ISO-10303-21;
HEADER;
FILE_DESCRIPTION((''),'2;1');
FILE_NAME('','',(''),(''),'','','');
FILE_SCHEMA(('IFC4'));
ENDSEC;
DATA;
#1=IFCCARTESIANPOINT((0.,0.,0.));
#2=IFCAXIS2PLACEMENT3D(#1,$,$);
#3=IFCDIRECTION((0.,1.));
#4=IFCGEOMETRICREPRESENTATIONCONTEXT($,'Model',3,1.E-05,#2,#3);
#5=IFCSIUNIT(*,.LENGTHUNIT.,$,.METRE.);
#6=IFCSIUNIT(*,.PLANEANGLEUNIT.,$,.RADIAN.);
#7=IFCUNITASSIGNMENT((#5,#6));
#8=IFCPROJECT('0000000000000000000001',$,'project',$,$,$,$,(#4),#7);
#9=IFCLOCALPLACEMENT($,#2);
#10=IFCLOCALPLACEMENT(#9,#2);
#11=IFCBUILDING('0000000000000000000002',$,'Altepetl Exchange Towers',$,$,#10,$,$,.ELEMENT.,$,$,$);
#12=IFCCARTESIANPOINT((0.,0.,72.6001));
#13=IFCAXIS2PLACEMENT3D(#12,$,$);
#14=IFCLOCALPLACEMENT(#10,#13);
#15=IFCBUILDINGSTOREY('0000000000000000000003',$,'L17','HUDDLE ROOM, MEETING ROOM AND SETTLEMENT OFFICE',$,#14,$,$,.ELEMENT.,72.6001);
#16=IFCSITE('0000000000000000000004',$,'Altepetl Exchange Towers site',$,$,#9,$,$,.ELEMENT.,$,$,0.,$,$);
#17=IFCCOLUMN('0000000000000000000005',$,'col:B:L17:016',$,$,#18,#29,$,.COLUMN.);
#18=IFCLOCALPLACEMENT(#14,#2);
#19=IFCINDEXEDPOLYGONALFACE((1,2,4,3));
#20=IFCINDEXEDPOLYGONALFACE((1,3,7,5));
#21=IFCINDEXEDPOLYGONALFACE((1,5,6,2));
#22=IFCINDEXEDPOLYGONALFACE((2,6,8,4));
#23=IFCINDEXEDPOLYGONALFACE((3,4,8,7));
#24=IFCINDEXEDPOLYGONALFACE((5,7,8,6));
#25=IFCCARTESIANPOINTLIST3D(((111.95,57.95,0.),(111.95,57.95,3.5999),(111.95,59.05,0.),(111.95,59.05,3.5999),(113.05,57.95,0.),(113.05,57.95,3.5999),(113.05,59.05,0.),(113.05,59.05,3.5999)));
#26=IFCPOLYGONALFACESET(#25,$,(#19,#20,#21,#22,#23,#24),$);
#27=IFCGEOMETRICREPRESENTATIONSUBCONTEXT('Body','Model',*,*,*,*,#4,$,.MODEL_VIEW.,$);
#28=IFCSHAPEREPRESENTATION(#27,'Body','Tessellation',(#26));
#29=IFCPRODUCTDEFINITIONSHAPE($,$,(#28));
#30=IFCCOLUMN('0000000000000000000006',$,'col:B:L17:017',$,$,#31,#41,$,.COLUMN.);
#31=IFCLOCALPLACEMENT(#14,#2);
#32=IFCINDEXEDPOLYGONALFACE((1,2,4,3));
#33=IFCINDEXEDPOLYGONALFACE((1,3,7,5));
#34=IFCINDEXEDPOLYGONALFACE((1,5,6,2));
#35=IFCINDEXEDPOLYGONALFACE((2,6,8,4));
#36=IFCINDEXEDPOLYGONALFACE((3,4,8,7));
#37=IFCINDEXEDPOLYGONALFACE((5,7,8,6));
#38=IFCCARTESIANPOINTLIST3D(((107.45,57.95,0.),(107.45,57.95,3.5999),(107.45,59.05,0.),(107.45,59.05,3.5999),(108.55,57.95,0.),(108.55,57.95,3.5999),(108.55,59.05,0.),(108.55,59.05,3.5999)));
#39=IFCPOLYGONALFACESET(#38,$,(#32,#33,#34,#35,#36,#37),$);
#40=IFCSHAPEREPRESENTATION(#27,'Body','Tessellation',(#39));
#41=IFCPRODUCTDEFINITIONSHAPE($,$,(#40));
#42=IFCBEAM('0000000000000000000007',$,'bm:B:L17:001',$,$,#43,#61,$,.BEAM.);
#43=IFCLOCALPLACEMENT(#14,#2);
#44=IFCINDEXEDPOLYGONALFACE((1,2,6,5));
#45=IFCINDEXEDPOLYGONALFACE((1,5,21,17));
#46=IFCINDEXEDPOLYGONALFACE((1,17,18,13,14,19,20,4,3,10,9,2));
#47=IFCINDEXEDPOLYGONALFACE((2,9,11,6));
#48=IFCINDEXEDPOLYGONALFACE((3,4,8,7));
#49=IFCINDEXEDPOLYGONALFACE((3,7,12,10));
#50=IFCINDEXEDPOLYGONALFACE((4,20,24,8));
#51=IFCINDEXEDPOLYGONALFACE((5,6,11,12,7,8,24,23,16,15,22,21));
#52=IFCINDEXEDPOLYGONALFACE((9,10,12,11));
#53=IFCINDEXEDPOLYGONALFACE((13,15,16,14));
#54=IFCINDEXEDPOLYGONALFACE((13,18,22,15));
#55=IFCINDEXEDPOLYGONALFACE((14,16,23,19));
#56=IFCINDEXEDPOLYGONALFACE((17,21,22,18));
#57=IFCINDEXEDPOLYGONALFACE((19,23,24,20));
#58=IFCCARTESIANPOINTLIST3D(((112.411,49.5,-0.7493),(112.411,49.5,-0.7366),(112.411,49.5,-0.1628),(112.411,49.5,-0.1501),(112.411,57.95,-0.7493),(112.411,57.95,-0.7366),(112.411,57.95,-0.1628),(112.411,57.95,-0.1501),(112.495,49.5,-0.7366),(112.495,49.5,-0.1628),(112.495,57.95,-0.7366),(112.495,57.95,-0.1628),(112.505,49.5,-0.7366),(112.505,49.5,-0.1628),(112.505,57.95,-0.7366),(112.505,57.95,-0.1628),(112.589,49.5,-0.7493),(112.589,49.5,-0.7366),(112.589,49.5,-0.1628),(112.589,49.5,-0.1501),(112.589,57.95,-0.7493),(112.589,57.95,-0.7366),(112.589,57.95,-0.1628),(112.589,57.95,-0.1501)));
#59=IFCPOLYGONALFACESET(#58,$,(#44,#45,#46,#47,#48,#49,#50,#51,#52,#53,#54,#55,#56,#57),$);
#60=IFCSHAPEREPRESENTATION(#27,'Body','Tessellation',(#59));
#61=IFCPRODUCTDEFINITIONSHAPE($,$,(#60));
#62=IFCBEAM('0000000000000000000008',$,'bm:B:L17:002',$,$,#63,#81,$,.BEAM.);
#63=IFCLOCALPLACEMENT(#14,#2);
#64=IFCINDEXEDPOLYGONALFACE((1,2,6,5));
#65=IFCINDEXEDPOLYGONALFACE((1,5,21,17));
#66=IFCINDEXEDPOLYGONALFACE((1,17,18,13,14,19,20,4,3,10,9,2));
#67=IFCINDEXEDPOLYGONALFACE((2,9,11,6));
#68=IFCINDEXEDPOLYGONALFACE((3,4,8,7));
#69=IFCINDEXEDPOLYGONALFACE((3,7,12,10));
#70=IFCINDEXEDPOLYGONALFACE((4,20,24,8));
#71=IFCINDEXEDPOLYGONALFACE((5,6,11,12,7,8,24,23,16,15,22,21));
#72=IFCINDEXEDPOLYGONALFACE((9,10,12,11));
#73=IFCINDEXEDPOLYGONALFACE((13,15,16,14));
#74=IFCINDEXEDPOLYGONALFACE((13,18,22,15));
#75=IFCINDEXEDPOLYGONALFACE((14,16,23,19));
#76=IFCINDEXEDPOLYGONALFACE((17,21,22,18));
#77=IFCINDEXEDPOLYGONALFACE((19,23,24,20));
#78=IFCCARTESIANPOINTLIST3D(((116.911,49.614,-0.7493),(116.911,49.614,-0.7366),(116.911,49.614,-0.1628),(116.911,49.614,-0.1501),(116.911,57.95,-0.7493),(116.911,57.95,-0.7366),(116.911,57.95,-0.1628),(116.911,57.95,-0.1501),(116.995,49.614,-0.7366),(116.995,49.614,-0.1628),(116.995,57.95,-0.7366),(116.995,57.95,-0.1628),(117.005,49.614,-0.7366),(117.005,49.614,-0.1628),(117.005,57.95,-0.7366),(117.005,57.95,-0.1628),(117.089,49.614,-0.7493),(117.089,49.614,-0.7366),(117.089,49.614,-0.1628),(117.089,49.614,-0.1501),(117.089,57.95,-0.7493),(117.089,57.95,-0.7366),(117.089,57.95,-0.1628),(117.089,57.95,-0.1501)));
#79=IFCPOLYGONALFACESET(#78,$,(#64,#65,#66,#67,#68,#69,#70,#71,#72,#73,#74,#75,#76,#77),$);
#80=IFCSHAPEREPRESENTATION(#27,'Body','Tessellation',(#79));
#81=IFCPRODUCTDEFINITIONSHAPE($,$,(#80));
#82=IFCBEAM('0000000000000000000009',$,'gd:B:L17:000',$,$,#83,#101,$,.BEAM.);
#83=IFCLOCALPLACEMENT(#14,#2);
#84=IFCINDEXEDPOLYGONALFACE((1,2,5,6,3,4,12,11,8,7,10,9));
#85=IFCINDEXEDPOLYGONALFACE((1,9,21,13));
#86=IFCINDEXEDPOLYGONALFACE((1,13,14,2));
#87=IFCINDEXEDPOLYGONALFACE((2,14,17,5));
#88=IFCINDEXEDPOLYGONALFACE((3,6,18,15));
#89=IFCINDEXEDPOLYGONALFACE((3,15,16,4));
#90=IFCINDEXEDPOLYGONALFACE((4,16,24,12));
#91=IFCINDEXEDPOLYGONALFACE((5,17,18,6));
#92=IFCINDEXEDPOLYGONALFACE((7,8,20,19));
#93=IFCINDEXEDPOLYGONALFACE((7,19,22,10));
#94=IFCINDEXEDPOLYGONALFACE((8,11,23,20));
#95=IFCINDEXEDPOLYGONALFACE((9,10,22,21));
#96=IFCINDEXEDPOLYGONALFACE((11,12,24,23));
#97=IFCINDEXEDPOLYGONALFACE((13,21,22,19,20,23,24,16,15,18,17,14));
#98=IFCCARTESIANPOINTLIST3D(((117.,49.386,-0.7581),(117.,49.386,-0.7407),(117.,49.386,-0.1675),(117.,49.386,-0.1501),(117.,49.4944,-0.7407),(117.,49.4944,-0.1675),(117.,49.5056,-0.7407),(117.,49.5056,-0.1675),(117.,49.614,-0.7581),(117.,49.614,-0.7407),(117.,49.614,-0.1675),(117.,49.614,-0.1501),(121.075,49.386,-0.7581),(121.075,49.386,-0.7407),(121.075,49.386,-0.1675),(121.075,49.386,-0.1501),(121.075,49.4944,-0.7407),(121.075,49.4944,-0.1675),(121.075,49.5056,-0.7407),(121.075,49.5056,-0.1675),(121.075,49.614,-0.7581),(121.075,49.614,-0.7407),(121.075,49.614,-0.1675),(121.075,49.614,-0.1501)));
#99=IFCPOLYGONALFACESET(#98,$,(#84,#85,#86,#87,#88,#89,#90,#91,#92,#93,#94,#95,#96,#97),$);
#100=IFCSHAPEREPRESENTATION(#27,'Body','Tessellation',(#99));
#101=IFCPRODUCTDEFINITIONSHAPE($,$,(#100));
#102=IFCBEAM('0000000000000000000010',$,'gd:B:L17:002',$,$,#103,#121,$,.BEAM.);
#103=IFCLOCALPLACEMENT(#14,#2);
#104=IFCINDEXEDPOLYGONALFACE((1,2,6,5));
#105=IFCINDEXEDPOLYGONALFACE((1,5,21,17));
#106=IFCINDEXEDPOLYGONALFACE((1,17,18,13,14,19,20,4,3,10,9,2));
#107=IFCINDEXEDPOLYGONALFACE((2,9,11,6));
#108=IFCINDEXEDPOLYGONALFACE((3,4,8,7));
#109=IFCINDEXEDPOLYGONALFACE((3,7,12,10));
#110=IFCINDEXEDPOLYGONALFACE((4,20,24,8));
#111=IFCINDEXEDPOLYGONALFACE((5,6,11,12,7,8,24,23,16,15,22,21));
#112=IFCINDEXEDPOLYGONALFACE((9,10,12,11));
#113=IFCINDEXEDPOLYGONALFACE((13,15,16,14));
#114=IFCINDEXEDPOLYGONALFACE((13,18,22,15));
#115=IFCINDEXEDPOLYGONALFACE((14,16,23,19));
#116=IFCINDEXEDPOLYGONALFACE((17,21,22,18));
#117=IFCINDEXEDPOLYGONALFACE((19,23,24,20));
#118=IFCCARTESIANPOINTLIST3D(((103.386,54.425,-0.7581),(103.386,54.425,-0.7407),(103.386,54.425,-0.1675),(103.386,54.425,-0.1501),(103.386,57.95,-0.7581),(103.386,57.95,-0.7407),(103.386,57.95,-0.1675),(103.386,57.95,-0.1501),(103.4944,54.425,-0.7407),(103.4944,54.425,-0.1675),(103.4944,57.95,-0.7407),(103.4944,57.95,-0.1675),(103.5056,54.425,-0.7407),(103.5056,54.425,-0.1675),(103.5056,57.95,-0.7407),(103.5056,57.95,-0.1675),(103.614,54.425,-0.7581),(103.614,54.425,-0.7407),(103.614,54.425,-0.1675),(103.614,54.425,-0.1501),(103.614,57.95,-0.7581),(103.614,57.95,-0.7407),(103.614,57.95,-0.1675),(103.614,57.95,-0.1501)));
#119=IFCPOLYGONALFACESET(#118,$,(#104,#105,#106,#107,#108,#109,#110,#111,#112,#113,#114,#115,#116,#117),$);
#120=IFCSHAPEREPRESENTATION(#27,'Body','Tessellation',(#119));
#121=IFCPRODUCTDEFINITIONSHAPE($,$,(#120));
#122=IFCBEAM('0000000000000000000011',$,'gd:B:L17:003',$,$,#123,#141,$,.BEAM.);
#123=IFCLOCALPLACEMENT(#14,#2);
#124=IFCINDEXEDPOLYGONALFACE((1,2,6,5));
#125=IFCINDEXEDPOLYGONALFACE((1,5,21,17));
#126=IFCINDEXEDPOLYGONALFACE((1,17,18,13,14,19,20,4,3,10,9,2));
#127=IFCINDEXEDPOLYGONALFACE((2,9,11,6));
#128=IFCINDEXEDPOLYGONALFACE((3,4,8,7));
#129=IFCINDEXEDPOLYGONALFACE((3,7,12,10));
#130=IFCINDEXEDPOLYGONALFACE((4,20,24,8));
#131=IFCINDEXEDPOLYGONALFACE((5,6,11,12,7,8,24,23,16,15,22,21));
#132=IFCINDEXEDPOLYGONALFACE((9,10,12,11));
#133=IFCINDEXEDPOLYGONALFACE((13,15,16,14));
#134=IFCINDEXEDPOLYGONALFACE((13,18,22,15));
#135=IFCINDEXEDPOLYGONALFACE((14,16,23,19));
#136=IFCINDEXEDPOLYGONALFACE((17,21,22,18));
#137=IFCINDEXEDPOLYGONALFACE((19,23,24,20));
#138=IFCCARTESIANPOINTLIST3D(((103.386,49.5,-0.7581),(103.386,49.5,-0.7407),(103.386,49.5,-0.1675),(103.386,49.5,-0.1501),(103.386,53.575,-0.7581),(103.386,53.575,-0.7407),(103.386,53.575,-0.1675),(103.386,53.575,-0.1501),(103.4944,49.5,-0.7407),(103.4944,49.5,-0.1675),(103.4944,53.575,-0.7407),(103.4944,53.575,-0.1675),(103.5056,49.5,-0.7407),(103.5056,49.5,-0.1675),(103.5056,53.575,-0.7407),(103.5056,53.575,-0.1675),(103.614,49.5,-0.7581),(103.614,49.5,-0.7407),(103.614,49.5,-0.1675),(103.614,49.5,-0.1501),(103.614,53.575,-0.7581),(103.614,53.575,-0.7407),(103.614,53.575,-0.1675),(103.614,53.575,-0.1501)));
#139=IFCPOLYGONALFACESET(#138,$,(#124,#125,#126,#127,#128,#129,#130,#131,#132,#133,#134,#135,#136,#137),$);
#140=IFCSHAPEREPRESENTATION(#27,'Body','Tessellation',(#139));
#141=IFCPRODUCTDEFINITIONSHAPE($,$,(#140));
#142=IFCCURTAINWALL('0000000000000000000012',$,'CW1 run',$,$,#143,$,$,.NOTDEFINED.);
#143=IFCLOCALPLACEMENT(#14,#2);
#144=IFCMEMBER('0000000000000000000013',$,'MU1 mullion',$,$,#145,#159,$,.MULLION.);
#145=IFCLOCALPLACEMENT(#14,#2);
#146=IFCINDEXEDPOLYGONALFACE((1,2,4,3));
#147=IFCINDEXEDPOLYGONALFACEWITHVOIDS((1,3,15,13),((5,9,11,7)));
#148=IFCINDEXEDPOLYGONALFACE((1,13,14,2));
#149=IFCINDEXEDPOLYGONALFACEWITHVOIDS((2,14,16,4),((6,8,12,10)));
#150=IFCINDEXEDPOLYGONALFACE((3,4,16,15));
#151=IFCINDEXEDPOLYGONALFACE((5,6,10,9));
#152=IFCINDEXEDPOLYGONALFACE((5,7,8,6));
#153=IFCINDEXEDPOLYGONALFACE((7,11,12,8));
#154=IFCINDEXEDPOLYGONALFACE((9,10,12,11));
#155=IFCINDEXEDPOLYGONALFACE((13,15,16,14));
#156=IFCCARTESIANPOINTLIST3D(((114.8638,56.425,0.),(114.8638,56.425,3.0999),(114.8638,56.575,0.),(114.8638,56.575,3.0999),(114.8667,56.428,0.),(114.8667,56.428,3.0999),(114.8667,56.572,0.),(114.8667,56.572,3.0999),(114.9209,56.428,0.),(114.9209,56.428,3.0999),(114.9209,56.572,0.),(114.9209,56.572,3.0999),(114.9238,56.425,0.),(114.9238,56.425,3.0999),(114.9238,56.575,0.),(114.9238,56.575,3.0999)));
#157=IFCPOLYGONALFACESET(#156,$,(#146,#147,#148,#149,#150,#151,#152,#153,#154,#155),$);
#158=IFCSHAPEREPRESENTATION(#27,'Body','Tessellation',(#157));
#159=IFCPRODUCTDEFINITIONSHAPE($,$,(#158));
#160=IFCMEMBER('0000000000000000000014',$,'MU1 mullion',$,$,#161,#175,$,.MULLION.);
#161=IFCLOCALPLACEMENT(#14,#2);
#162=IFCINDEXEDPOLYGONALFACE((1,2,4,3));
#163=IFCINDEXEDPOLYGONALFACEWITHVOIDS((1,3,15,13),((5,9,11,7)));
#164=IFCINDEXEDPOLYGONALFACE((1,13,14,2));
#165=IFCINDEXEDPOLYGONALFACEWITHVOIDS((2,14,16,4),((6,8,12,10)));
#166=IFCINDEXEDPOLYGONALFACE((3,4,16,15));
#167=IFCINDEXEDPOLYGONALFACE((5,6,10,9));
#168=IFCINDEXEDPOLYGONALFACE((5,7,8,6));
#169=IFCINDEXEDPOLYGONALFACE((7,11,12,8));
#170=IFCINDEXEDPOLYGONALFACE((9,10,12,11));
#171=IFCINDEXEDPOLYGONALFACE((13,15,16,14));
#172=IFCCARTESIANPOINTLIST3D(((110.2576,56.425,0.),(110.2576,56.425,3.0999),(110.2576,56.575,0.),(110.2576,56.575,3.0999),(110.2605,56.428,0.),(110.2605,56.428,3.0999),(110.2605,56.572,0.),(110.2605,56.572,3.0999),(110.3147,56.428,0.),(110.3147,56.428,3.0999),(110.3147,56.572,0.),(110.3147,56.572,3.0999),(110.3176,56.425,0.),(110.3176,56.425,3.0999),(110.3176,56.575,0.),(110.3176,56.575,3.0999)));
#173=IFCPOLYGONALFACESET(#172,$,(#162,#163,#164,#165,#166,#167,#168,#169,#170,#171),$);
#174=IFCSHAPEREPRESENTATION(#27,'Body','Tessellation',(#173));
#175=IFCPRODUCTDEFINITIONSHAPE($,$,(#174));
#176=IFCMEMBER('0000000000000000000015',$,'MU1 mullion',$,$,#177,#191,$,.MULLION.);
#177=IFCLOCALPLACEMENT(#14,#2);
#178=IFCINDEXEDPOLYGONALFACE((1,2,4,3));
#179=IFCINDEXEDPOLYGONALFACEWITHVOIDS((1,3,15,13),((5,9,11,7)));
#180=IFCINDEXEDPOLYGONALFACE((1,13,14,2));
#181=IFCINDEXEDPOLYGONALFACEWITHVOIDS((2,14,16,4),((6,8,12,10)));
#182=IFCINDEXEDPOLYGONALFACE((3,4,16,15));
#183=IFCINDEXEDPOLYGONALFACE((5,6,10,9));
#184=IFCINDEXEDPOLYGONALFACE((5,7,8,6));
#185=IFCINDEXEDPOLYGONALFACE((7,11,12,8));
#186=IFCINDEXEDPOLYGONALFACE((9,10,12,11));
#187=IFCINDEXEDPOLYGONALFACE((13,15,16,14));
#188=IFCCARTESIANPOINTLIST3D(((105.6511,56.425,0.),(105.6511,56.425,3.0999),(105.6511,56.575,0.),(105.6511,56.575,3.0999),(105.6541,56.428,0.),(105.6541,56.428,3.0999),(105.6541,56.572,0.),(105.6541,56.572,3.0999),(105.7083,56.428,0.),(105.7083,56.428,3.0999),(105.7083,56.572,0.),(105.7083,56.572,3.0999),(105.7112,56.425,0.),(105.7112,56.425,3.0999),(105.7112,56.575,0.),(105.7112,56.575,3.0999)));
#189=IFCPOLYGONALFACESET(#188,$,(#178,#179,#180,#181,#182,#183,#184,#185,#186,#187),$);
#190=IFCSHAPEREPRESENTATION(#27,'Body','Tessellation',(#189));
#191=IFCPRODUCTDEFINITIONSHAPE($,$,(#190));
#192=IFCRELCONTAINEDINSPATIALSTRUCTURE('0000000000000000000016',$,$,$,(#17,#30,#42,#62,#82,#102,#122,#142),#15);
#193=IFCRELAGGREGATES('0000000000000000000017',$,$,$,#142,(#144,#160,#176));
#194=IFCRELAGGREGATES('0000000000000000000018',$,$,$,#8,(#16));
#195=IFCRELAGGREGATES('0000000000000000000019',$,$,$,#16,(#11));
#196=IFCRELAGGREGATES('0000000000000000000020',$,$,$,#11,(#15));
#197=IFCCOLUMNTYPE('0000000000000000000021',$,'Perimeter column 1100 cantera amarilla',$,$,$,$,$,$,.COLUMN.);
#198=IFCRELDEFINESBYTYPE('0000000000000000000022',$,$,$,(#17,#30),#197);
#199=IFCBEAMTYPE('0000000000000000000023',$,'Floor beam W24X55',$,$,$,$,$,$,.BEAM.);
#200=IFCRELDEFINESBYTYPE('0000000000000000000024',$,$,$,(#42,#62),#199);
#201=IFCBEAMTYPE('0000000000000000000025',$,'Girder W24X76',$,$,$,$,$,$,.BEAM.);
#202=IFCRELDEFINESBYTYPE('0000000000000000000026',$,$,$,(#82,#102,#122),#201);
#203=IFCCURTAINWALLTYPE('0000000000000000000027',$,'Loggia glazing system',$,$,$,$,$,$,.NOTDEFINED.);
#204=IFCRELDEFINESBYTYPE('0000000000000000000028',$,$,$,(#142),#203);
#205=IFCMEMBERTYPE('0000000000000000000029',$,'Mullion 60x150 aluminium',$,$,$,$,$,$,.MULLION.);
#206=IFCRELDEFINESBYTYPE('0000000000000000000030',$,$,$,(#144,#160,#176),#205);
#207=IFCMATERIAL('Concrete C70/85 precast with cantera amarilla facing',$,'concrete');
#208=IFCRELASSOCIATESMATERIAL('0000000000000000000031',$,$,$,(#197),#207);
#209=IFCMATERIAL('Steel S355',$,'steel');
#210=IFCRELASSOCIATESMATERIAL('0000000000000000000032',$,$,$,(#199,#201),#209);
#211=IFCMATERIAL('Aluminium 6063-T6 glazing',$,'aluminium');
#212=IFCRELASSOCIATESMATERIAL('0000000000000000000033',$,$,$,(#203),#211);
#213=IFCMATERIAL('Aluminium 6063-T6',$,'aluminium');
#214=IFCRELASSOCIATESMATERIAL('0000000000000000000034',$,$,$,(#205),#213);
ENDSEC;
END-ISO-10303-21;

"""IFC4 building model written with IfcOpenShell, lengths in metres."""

from ifc_helpers import new_model, si_unit, direction, frame, origin, origin_2d, place, context, subcontext, project, spatial, rectangle, hollow_rectangle, i_section, extrude, material, material_profile, profile_set, type_object, element, aggregate, save


model = new_model("IFC4")

# Units and contexts
model_context = context("Model", 3, precision=1e-05, world=origin(), true_north=direction((0.0, 1.0)))
body_context = subcontext(model_context, "Body", "Model", "MODEL_VIEW")
ifc_project = project(units=[si_unit("LENGTHUNIT", "METRE"), si_unit("PLANEANGLEUNIT", "RADIAN")], contexts=[model_context])

# Site, building, storey
site_placement = place(None, origin())
site = spatial("IfcSite", under=ifc_project, at=site_placement, Name="Altepetl Exchange Towers site", CompositionType="ELEMENT", RefElevation=0.0)
building_placement = place(site_placement, origin())
building = spatial("IfcBuilding", under=site, at=building_placement, Name="Altepetl Exchange Towers", CompositionType="ELEMENT")
storey_placement = place(building_placement, frame((0.0, 0.0, 72.6001)))
storey = spatial("IfcBuildingStorey", under=building, at=storey_placement, Name="L17", Description="HUDDLE ROOM, MEETING ROOM AND SETTLEMENT OFFICE", CompositionType="ELEMENT", Elevation=72.6001)

# Columns
ifc_material_1 = material(Name="Concrete C70/85 precast with cantera amarilla facing", Category="concrete")
ifc_material_profile_1 = material_profile(ifc_material_1, rectangle(XDim=1.1001, YDim=1.1001, at=origin_2d()), Name="1100 x 1100")
ifc_profile_set_1 = profile_set([ifc_material_profile_1], Name="Concrete C70/85 precast with cantera amarilla facing")
column_type = type_object("IfcColumnType", Name="Perimeter column 1100 cantera amarilla", PredefinedType="COLUMN", material=ifc_profile_set_1)
for number, where, name in (
    (1, (112.5, 58.5, 0.0), "col:B:L17:016"),
    (2, (108.0, 58.5, 0.0), "col:B:L17:017"),
):
    element("IfcColumn", number, at=place(storey_placement, frame(where)), inside=storey, type_object=column_type, Name=name, PredefinedType="COLUMN", context=body_context, shape_type="SweptSolid", body=[
        extrude(rectangle(XDim=1.1001, YDim=1.1001, at=origin_2d()), origin(), (0.0, 0.0, 1.0), 3.5999),
    ])

# Beams
ifc_material_2 = material(Name="Steel S355", Category="steel")
ifc_material_profile_2 = material_profile(ifc_material_2, i_section(OverallWidth=0.178, OverallDepth=0.5991, WebThickness=0.01, FlangeThickness=0.0127, at=origin_2d()), Name="W24X55")
ifc_profile_set_2 = profile_set([ifc_material_profile_2], Name="Steel S355")
beam_type_1 = type_object("IfcBeamType", Name="Floor beam W24X55", PredefinedType="BEAM", material=ifc_profile_set_2)
beam_1_placement = place(storey_placement, frame((112.5, 49.5, -0.4497), z_axis=(0.0, 1.0, 0.0), x_axis=(-1.0, 0.0, 0.0)))
element("IfcBeam", 3, at=beam_1_placement, inside=storey, type_object=beam_type_1, Name="bm:B:L17:001", PredefinedType="BEAM", context=body_context, shape_type="SweptSolid", body=[
    extrude(i_section(OverallWidth=0.178, OverallDepth=0.5991, WebThickness=0.01, FlangeThickness=0.0127, at=origin_2d()), origin(), (0.0, 0.0, 1.0), 8.45),
])
beam_2_placement = place(storey_placement, frame((117.0, 49.614, -0.4497), z_axis=(0.0, 1.0, 0.0), x_axis=(-1.0, 0.0, 0.0)))
element("IfcBeam", 4, at=beam_2_placement, inside=storey, type_object=beam_type_1, Name="bm:B:L17:002", PredefinedType="BEAM", context=body_context, shape_type="SweptSolid", body=[
    extrude(i_section(OverallWidth=0.178, OverallDepth=0.5991, WebThickness=0.01, FlangeThickness=0.0127, at=origin_2d()), origin(), (0.0, 0.0, 1.0), 8.3359),
])
ifc_material_profile_3 = material_profile(ifc_material_2, i_section(OverallWidth=0.228, OverallDepth=0.6079, WebThickness=0.0112, FlangeThickness=0.0173, at=origin_2d()), Name="W24X76")
ifc_profile_set_3 = profile_set([ifc_material_profile_3], Name="Steel S355")
beam_type_2 = type_object("IfcBeamType", Name="Girder W24X76", PredefinedType="BEAM", material=ifc_profile_set_3)
beam_3_placement = place(storey_placement, frame((117.0, 49.5, -0.4541), z_axis=(1.0, 0.0, 0.0), x_axis=(0.0, 1.0, 0.0)))
element("IfcBeam", 5, at=beam_3_placement, inside=storey, type_object=beam_type_2, Name="gd:B:L17:000", PredefinedType="BEAM", context=body_context, shape_type="SweptSolid", body=[
    extrude(i_section(OverallWidth=0.228, OverallDepth=0.6079, WebThickness=0.0112, FlangeThickness=0.0173, at=origin_2d()), origin(), (0.0, 0.0, 1.0), 4.075),
])
beam_4_placement = place(storey_placement, frame((103.5, 57.95, -0.4541), z_axis=(0.0, -1.0, 0.0), x_axis=(1.0, 0.0, 0.0)))
element("IfcBeam", 6, at=beam_4_placement, inside=storey, type_object=beam_type_2, Name="gd:B:L17:002", PredefinedType="BEAM", context=body_context, shape_type="SweptSolid", body=[
    extrude(i_section(OverallWidth=0.228, OverallDepth=0.6079, WebThickness=0.0112, FlangeThickness=0.0173, at=origin_2d()), origin(), (0.0, 0.0, 1.0), 3.5249),
])
beam_5_placement = place(storey_placement, frame((103.5, 53.575, -0.4541), z_axis=(0.0, -1.0, 0.0), x_axis=(1.0, 0.0, 0.0)))
element("IfcBeam", 7, at=beam_5_placement, inside=storey, type_object=beam_type_2, Name="gd:B:L17:003", PredefinedType="BEAM", context=body_context, shape_type="SweptSolid", body=[
    extrude(i_section(OverallWidth=0.228, OverallDepth=0.6079, WebThickness=0.0112, FlangeThickness=0.0173, at=origin_2d()), origin(), (0.0, 0.0, 1.0), 4.075),
])

# Curtain wall, members
ifc_material_3 = material(Name="Aluminium 6063-T6 glazing", Category="aluminium")
curtain_wall_type = type_object("IfcCurtainWallType", Name="Loggia glazing system", PredefinedType="NOTDEFINED", material=ifc_material_3)
curtain_wall_placement = place(storey_placement, origin())
curtain_wall = element("IfcCurtainWall", 8, at=curtain_wall_placement, inside=storey, type_object=curtain_wall_type, Name="CW1 run", PredefinedType="NOTDEFINED")
ifc_material_4 = material(Name="Aluminium 6063-T6", Category="aluminium")
ifc_material_profile_4 = material_profile(ifc_material_4, hollow_rectangle(XDim=0.0601, YDim=0.1499, WallThickness=0.0029, at=origin_2d()), Name="Mullion 60x150 aluminium")
ifc_profile_set_4 = profile_set([ifc_material_profile_4], Name="Aluminium 6063-T6")
member_type = type_object("IfcMemberType", Name="Mullion 60x150 aluminium", PredefinedType="MULLION", material=ifc_profile_set_4)
member_1_placement = place(storey_placement, frame((114.8938, 56.5, 0.0), z_axis=(0.0, 0.0, 1.0), x_axis=(-1.0, 0.0, 0.0)))
member_1 = element("IfcMember", 9, at=member_1_placement, type_object=member_type, Name="MU1 mullion", PredefinedType="MULLION", context=body_context, shape_type="SweptSolid", body=[
    extrude(hollow_rectangle(XDim=0.0601, YDim=0.1499, WallThickness=0.0029, at=origin_2d()), origin(), (0.0, 0.0, 1.0), 3.0999),
])
member_2_placement = place(storey_placement, frame((110.2876, 56.5, 0.0), z_axis=(0.0, 0.0, 1.0), x_axis=(-1.0, 0.0, 0.0)))
member_2 = element("IfcMember", 10, at=member_2_placement, type_object=member_type, Name="MU1 mullion", PredefinedType="MULLION", context=body_context, shape_type="SweptSolid", body=[
    extrude(hollow_rectangle(XDim=0.0601, YDim=0.1499, WallThickness=0.0029, at=origin_2d()), origin(), (0.0, 0.0, 1.0), 3.0999),
])
member_3_placement = place(storey_placement, frame((105.6812, 56.5, 0.0), z_axis=(0.0, 0.0, 1.0), x_axis=(-1.0, 0.0, 0.0)))
member_3 = element("IfcMember", 11, at=member_3_placement, type_object=member_type, Name="MU1 mullion", PredefinedType="MULLION", context=body_context, shape_type="SweptSolid", body=[
    extrude(hollow_rectangle(XDim=0.0601, YDim=0.1499, WallThickness=0.0029, at=origin_2d()), origin(), (0.0, 0.0, 1.0), 3.0999),
])

aggregate(curtain_wall, [member_1, member_2, member_3])

save(model, "model.ifc")
